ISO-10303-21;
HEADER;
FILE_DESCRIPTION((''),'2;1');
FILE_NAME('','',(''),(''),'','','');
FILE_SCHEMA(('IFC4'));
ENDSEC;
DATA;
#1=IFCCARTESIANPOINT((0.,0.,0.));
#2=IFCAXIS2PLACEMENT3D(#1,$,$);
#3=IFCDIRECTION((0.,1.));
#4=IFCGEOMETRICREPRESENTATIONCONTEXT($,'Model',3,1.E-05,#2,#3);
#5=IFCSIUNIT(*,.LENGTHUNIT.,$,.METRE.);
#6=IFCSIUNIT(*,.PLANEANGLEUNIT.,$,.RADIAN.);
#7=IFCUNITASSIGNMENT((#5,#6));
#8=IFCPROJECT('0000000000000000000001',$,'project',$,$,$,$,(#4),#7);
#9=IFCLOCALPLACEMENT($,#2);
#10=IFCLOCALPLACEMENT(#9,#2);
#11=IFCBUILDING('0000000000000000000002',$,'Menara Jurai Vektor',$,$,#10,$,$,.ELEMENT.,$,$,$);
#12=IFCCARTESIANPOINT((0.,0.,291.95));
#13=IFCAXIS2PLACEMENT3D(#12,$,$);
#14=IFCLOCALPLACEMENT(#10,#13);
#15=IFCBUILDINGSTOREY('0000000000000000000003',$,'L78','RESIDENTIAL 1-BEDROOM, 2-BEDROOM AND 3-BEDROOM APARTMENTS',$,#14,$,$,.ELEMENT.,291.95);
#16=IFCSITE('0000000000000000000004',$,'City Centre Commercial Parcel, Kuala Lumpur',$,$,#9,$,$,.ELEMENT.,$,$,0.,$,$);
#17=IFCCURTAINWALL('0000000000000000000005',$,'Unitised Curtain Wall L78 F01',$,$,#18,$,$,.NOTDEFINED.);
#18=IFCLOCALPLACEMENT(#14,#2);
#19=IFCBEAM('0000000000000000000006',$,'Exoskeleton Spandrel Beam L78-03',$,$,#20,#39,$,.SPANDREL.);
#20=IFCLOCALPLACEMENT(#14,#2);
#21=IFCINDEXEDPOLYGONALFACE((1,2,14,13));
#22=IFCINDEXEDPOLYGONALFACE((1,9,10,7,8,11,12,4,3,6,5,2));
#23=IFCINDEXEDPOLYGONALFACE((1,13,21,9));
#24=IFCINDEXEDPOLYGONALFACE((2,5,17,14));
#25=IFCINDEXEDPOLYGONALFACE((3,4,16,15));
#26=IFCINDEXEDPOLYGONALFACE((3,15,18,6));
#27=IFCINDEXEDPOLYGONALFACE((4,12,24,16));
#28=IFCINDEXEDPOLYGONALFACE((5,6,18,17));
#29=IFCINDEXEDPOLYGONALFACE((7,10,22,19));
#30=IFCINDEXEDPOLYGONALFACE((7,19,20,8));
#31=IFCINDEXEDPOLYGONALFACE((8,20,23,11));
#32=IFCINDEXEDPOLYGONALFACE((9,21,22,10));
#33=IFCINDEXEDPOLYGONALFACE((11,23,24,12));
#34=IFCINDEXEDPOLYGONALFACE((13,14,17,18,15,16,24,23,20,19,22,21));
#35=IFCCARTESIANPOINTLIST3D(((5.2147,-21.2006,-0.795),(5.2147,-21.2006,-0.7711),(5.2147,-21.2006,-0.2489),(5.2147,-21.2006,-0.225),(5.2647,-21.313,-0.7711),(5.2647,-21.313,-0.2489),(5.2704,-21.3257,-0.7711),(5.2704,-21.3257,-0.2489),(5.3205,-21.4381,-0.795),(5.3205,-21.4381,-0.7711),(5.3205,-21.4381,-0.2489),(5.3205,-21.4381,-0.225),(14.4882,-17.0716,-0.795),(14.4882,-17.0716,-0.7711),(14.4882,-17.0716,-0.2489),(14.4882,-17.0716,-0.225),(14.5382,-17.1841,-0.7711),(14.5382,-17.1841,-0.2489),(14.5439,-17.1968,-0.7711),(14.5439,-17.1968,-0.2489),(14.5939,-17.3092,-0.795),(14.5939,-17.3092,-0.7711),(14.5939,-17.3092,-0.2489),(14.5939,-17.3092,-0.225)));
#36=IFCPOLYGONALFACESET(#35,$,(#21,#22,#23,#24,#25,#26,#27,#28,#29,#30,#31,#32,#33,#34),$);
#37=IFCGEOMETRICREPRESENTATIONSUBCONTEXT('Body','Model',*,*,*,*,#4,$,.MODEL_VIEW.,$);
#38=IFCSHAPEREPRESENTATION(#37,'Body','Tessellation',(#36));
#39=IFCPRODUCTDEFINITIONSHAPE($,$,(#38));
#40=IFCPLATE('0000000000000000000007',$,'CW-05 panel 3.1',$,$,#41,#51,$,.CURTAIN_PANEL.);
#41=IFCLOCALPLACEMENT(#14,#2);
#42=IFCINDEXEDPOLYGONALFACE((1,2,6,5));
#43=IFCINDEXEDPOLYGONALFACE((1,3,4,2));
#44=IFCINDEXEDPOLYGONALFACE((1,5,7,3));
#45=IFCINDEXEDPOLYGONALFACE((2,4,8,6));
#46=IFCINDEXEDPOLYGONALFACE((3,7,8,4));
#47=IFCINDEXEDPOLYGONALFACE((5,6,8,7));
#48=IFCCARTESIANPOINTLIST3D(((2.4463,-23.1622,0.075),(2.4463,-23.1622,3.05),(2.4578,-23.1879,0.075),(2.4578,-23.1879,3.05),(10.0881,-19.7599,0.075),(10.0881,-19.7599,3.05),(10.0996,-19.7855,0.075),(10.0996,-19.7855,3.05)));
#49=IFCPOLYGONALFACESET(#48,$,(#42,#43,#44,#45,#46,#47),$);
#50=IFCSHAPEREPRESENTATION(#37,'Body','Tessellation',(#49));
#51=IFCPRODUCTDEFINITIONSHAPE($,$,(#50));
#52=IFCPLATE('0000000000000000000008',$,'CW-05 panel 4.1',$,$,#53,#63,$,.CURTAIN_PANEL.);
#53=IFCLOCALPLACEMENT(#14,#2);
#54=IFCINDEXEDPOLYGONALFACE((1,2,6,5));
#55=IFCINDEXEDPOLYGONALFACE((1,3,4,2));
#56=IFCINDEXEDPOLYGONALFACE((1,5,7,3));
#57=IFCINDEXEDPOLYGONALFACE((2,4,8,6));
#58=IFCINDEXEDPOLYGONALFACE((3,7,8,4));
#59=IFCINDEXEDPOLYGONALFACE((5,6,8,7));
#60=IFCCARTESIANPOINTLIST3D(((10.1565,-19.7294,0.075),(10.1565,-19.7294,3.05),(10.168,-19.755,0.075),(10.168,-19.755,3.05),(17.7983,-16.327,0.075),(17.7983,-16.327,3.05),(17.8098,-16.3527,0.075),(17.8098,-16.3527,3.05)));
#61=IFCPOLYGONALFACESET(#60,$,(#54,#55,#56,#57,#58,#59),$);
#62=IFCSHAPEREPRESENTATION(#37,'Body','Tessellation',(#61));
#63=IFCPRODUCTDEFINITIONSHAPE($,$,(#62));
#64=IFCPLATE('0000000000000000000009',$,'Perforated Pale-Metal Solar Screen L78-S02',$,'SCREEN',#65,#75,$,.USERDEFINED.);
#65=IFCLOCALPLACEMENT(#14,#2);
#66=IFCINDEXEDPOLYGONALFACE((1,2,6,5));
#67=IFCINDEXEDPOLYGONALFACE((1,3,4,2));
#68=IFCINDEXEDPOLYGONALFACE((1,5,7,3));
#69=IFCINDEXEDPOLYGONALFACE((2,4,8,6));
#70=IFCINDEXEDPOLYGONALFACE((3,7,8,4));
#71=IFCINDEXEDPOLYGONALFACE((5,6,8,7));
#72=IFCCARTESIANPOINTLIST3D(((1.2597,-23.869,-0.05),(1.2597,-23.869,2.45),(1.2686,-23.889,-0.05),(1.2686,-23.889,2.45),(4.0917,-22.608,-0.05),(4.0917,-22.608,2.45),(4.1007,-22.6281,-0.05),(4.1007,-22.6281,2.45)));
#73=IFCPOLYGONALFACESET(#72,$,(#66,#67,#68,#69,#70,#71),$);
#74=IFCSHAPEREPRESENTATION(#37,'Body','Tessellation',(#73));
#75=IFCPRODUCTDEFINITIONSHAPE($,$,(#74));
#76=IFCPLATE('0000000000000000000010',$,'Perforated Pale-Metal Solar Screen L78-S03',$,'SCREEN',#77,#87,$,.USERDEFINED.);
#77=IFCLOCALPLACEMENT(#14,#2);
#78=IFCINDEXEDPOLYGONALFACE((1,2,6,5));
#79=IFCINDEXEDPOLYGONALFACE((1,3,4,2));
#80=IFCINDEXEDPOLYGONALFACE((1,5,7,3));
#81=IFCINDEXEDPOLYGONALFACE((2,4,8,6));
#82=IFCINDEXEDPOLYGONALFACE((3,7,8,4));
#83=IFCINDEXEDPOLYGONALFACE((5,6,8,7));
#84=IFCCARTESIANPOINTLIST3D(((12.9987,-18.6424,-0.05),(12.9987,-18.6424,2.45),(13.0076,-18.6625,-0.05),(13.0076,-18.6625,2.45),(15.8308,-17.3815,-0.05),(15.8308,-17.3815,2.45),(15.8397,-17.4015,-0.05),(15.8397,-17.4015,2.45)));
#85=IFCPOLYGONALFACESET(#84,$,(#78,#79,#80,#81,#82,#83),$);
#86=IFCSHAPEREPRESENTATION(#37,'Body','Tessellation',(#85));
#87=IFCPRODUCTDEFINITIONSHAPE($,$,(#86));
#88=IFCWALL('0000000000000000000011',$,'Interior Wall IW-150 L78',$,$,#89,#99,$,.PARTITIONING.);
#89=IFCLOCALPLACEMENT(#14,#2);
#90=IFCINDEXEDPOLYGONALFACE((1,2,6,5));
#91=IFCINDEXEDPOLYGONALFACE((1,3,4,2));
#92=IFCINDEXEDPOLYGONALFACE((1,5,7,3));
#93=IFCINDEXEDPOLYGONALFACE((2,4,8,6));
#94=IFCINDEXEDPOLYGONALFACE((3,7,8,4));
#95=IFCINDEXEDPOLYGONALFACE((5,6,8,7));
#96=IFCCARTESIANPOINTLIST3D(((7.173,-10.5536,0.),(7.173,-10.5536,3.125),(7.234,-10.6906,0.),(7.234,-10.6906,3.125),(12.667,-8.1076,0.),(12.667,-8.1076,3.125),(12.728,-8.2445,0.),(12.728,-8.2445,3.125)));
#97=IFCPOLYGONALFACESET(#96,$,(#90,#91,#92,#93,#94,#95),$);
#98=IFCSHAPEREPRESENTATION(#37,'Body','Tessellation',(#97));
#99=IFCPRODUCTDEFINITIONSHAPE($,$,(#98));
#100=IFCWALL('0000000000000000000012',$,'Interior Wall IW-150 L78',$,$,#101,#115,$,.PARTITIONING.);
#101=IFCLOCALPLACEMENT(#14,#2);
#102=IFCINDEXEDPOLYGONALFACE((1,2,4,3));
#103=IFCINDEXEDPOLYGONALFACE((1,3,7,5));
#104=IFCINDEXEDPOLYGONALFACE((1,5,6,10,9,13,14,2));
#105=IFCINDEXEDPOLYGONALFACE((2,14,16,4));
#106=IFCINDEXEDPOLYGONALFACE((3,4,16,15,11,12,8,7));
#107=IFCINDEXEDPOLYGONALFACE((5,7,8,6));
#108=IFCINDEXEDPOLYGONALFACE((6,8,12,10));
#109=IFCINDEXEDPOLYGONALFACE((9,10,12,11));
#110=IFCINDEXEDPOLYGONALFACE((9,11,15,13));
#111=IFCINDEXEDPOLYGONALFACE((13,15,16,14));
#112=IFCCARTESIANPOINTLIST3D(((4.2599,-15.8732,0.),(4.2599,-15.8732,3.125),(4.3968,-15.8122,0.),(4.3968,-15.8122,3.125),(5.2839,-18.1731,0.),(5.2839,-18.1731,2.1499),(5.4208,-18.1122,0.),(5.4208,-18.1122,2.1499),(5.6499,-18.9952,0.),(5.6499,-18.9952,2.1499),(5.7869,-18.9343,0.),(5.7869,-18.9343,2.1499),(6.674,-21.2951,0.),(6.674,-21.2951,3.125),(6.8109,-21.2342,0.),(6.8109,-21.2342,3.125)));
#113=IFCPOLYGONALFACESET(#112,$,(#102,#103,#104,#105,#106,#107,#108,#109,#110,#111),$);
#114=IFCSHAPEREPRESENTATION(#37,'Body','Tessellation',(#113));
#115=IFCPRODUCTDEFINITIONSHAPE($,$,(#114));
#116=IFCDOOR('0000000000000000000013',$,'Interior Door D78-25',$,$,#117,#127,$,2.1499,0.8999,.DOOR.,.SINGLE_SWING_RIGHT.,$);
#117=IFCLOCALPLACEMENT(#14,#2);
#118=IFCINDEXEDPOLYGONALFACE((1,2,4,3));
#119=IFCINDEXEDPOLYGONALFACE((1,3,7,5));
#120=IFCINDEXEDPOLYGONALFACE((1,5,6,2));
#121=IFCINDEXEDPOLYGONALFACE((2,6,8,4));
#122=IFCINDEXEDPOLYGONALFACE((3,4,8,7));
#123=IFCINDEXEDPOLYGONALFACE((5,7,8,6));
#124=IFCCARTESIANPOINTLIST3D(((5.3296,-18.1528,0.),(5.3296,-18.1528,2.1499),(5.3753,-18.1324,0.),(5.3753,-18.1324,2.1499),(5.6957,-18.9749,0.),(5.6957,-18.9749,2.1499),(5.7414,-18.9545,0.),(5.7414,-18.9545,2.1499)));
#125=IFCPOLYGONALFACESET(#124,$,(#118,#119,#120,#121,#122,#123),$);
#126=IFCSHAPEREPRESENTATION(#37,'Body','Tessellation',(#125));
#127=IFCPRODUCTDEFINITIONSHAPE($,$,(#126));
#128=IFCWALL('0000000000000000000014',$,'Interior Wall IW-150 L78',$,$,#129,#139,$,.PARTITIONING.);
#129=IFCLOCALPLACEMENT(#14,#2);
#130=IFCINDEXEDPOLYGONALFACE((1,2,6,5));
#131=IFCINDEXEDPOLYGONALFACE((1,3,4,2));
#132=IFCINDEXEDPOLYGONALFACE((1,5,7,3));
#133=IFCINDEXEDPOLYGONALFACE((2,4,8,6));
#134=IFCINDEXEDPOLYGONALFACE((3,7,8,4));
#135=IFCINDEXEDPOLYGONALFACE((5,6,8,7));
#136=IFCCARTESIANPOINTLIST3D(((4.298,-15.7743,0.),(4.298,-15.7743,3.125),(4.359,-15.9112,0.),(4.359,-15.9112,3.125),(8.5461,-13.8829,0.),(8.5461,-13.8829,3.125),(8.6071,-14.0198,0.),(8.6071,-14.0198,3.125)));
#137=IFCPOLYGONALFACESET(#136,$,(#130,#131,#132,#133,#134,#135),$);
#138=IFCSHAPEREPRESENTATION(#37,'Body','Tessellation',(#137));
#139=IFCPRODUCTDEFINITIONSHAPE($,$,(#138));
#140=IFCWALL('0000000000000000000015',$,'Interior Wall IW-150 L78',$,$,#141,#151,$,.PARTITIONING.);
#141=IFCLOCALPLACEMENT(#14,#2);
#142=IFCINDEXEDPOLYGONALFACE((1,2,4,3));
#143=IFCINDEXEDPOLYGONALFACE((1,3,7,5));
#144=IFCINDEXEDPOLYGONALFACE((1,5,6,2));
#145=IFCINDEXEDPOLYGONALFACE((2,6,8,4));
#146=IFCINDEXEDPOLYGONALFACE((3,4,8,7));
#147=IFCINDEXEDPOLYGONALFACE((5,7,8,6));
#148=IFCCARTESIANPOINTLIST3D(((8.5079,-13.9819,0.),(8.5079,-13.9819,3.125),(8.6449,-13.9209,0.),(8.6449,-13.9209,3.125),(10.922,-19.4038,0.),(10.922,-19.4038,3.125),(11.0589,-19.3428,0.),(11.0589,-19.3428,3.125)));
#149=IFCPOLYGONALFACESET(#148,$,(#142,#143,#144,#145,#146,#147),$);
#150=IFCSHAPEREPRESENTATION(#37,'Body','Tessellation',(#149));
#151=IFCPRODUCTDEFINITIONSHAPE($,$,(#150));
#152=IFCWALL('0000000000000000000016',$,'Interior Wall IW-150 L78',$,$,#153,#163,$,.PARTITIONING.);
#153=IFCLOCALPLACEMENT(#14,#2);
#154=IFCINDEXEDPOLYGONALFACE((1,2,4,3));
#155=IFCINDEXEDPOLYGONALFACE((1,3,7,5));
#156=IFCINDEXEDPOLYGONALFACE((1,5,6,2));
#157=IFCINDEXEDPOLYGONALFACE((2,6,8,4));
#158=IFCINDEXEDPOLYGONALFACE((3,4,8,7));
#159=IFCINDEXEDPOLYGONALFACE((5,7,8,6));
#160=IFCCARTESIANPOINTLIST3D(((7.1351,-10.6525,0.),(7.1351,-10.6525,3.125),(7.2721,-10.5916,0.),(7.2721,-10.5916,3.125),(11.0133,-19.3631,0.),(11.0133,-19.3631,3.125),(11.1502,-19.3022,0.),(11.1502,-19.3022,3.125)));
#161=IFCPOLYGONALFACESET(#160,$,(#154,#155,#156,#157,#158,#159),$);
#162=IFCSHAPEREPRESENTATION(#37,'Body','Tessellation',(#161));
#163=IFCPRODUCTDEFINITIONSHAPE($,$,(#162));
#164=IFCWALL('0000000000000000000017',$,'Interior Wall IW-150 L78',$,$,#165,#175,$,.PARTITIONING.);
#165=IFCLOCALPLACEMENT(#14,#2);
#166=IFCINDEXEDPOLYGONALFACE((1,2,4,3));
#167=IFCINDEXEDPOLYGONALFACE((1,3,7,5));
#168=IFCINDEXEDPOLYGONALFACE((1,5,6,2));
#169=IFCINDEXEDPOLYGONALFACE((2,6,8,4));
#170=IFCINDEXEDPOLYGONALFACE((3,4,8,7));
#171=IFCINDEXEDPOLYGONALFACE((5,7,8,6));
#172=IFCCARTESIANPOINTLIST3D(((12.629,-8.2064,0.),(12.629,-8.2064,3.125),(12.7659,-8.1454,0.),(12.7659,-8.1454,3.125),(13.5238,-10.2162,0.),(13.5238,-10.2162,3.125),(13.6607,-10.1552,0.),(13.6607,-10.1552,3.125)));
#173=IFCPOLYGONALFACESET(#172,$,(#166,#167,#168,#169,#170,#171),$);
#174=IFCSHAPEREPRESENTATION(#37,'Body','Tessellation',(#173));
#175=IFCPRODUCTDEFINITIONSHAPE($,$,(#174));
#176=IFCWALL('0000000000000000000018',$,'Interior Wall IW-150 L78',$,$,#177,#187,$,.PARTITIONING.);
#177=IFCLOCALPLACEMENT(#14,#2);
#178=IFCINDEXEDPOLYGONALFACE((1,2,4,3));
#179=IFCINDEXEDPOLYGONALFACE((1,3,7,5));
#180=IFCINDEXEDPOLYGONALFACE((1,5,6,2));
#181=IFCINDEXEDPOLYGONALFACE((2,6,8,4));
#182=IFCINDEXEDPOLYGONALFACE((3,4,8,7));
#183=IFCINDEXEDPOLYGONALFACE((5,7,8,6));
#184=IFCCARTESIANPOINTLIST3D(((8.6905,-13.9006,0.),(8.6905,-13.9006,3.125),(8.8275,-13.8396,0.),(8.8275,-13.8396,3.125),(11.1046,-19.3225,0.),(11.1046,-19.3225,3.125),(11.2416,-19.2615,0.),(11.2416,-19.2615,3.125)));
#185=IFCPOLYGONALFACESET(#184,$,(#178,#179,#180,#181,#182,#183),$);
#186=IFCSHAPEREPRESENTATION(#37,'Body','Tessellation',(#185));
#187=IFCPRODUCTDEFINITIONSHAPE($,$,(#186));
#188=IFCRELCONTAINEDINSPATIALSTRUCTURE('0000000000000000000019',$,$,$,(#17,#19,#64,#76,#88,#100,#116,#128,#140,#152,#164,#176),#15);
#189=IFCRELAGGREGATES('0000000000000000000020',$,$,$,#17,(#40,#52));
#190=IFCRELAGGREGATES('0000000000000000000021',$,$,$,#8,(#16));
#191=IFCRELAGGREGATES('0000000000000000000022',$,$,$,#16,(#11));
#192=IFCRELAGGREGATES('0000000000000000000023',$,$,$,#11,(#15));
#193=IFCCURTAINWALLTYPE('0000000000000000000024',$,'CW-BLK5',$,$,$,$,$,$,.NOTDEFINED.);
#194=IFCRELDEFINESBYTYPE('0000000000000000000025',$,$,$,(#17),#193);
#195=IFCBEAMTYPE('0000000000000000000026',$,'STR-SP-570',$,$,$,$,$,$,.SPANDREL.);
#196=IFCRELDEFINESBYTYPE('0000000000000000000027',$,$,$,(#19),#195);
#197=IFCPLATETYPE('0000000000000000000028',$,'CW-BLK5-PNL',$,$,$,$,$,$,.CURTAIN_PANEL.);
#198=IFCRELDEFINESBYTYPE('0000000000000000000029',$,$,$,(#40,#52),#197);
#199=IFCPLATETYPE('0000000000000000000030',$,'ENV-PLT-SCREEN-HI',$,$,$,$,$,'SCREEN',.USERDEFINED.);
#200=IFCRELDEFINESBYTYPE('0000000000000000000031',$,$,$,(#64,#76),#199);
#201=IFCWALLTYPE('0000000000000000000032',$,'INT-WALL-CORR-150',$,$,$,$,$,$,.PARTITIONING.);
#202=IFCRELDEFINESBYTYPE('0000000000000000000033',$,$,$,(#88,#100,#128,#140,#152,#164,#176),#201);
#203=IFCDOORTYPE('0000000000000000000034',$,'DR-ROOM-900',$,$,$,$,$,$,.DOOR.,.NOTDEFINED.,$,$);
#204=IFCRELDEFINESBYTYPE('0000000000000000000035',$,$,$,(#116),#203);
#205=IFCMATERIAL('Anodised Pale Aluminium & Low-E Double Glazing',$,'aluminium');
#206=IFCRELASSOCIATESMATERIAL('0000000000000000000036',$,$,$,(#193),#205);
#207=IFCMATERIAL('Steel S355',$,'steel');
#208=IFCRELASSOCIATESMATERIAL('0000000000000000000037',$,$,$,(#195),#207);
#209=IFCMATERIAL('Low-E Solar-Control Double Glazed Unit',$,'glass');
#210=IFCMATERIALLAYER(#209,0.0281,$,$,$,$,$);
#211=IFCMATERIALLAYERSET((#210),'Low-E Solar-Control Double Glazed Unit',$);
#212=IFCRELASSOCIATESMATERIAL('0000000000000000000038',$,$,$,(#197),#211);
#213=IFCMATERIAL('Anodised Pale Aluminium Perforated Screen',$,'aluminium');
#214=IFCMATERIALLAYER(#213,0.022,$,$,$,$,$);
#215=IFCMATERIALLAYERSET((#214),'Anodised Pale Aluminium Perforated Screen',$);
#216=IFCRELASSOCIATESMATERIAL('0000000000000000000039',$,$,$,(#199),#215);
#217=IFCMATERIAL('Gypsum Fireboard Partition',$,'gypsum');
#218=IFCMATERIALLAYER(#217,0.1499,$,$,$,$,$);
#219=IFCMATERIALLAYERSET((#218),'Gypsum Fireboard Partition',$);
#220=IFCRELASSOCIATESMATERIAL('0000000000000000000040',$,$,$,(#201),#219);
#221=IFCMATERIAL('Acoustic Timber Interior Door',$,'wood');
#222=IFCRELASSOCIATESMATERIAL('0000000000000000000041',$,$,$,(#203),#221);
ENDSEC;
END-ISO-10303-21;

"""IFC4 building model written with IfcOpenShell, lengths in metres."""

from ifc_helpers import new_model, si_unit, direction, frame, frame_2d, origin, origin_2d, place, context, subcontext, project, spatial, rectangle, i_section, extrude, material, layer, layer_set, material_profile, profile_set, type_object, element, fill, aggregate, save


model = new_model("IFC4")

# Units and contexts
model_context = context("Model", 3, precision=1e-05, world=origin(), true_north=direction((0.0, 1.0)))
body_context = subcontext(model_context, "Body", "Model", "MODEL_VIEW")
ifc_project = project(units=[si_unit("LENGTHUNIT", "METRE"), si_unit("PLANEANGLEUNIT", "RADIAN")], contexts=[model_context])

# Site, building, storey
site_placement = place(None, origin())
site = spatial("IfcSite", under=ifc_project, at=site_placement, Name="City Centre Commercial Parcel, Kuala Lumpur", CompositionType="ELEMENT", RefElevation=0.0)
building_placement = place(site_placement, origin())
building = spatial("IfcBuilding", under=site, at=building_placement, Name="Menara Jurai Vektor", CompositionType="ELEMENT")
storey_placement = place(building_placement, frame((0.0, 0.0, 291.95)))
storey = spatial("IfcBuildingStorey", under=building, at=storey_placement, Name="L78", Description="RESIDENTIAL 1-BEDROOM, 2-BEDROOM AND 3-BEDROOM APARTMENTS", CompositionType="ELEMENT", Elevation=291.95)

# Curtain wall
ifc_material_1 = material(Name="Anodised Pale Aluminium & Low-E Double Glazing", Category="aluminium")
curtain_wall_type = type_object("IfcCurtainWallType", Name="CW-BLK5", PredefinedType="NOTDEFINED", material=ifc_material_1)
curtain_wall_placement = place(storey_placement, origin())
curtain_wall = element("IfcCurtainWall", 1, at=curtain_wall_placement, inside=storey, type_object=curtain_wall_type, Name="Unitised Curtain Wall L78 F01", PredefinedType="NOTDEFINED")

# Beam
ifc_material_2 = material(Name="Steel S355", Category="steel")
ifc_material_profile_1 = material_profile(ifc_material_2, i_section(OverallWidth=0.26, OverallDepth=0.5701, WebThickness=0.0139, FlangeThickness=0.0239, at=origin_2d()), Name="PG 570x260x145")
ifc_profile_set_1 = profile_set([ifc_material_profile_1], Name="Steel S355")
beam_type_1 = type_object("IfcBeamType", Name="STR-SP-570", PredefinedType="SPANDREL", material=ifc_profile_set_1)
beam_1_placement = place(storey_placement, frame((5.2676, -21.3193, -0.51), z_axis=(0.913542, 0.406745, 0.0), x_axis=(-0.406745, 0.913542, 0.0)))
element("IfcBeam", 2, at=beam_1_placement, inside=storey, type_object=beam_type_1, Name="Exoskeleton Spandrel Beam L78-03", PredefinedType="SPANDREL", context=body_context, shape_type="SweptSolid", body=[
    extrude(i_section(OverallWidth=0.26, OverallDepth=0.5701, WebThickness=0.0139, FlangeThickness=0.0239, at=origin_2d()), origin(), (0.0, 0.0, 1.0), 10.1511),
])

# Plates
ifc_material_3 = material(Name="Low-E Solar-Control Double Glazed Unit", Category="glass")
ifc_layer_1 = layer(ifc_material_3, 0.0281)
ifc_layer_set_1 = layer_set([ifc_layer_1], Name="Low-E Solar-Control Double Glazed Unit")
plate_type_1 = type_object("IfcPlateType", Name="CW-BLK5-PNL", PredefinedType="CURTAIN_PANEL", material=ifc_layer_set_1)
plate_1_placement = place(storey_placement, frame((6.2729, -21.4739, 0.075), z_axis=(0.0, 0.0, 1.0), x_axis=(0.913546, 0.406735, 0.0)))
plate_1 = element("IfcPlate", 3, at=plate_1_placement, type_object=plate_type_1, Name="CW-05 panel 3.1", PredefinedType="CURTAIN_PANEL", context=body_context, shape_type="SweptSolid", body=[
    extrude(rectangle(XDim=8.365, YDim=0.0281, at=origin_2d()), origin(), (0.0, 0.0, 1.0), 2.9751),
])
plate_2_placement = place(storey_placement, frame((13.9832, -18.041, 0.075), z_axis=(0.0, 0.0, 1.0), x_axis=(0.913546, 0.406735, 0.0)))
plate_2 = element("IfcPlate", 4, at=plate_2_placement, type_object=plate_type_1, Name="CW-05 panel 4.1", PredefinedType="CURTAIN_PANEL", context=body_context, shape_type="SweptSolid", body=[
    extrude(rectangle(XDim=8.365, YDim=0.0281, at=origin_2d()), origin(), (0.0, 0.0, 1.0), 2.9751),
])
aggregate(curtain_wall, [plate_1, plate_2])

# Plates
ifc_material_4 = material(Name="Anodised Pale Aluminium Perforated Screen", Category="aluminium")
ifc_layer_2 = layer(ifc_material_4, 0.022)
ifc_layer_set_2 = layer_set([ifc_layer_2], Name="Anodised Pale Aluminium Perforated Screen")
plate_type_2 = type_object("IfcPlateType", Name="ENV-PLT-SCREEN-HI", ElementType="SCREEN", PredefinedType="USERDEFINED", material=ifc_layer_set_2)
for number, where, z_axis, x_axis, name in (
    (5, (2.6802, -23.2485, -0.05), (0.0, 0.0, 1.0), (0.913545, 0.406737, 0.0), "Perforated Pale-Metal Solar Screen L78-S02"),
    (6, (14.4192, -18.022, -0.05), (0.0, 0.0, 1.0), (0.913545, 0.406737, 0.0), "Perforated Pale-Metal Solar Screen L78-S03"),
):
    element("IfcPlate", number, at=place(storey_placement, frame(where, z_axis=z_axis, x_axis=x_axis)), inside=storey, type_object=plate_type_2, Name=name, ObjectType="SCREEN", PredefinedType="USERDEFINED", context=body_context, shape_type="SweptSolid", body=[
        extrude(rectangle(XDim=3.1001, YDim=0.022, at=origin_2d()), origin(), (0.0, 0.0, 1.0), 2.5),
    ])

# Wall
ifc_material_5 = material(Name="Gypsum Fireboard Partition", Category="gypsum")
ifc_layer_3 = layer(ifc_material_5, 0.1499)
ifc_layer_set_3 = layer_set([ifc_layer_3], Name="Gypsum Fireboard Partition")
wall_type = type_object("IfcWallType", Name="INT-WALL-CORR-150", PredefinedType="PARTITIONING", material=ifc_layer_set_3)
wall_1_placement = place(storey_placement, frame((7.2036, -10.6221, 0.0), z_axis=(0.0, 0.0, 1.0), x_axis=(0.913545, 0.406737, 0.0)))
element("IfcWall", 7, at=wall_1_placement, inside=storey, type_object=wall_type, Name="Interior Wall IW-150 L78", PredefinedType="PARTITIONING", context=body_context, shape_type="SweptSolid", body=[
    extrude(rectangle(XDim=6.0139, YDim=0.1499, at=frame_2d((3.0068, 0.0))), origin(), (0.0, 0.0, 1.0), 3.125),
])

# Wall, opening, door
wall_2_placement = place(storey_placement, frame((6.7424, -21.2646, 0.0), z_axis=(0.0, 0.0, 1.0), x_axis=(-0.406749, 0.91354, 0.0)))
wall_2 = element("IfcWall", 8, at=wall_2_placement, inside=storey, type_object=wall_type, Name="Interior Wall IW-150 L78", PredefinedType="PARTITIONING", context=body_context, shape_type="SweptSolid", body=[
    extrude(rectangle(XDim=5.9351, YDim=0.1499, at=frame_2d((2.9675, 0.0))), origin(), (0.0, 0.0, 1.0), 3.125),
])
opening_1_placement = place(wall_2_placement, frame((2.5176, 0.0, 0.0)))
opening_1 = element("IfcOpeningElement", 9, at=opening_1_placement, cuts=wall_2, PredefinedType="OPENING", context=body_context, shape_type="SweptSolid", body=[
    extrude(rectangle(XDim=0.8999, YDim=2.1499, at=frame_2d((0.45, 1.075))), frame((0.0, 0.085, 0.0), z_axis=(0.0, -1.0, 0.0), x_axis=(1.0, 0.0, 0.0)), (0.0, 0.0, 1.0), 0.1699),
])
ifc_material_6 = material(Name="Acoustic Timber Interior Door", Category="wood")
door_type_1 = type_object("IfcDoorType", Name="DR-ROOM-900", OperationType="NOTDEFINED", PredefinedType="DOOR", material=ifc_material_6)
door_1_placement = place(opening_1_placement, origin())
door_1 = element("IfcDoor", 10, at=door_1_placement, inside=storey, type_object=door_type_1, Name="Interior Door D78-25", OperationType="SINGLE_SWING_RIGHT", OverallHeight=2.1499, OverallWidth=0.8999, PredefinedType="DOOR", context=body_context, shape_type="SweptSolid", body=[
    extrude(rectangle(XDim=0.8999, YDim=2.1499, at=frame_2d((0.45, 1.075))), frame((0.0, 0.0249, 0.0), z_axis=(0.0, -1.0, 0.0), x_axis=(1.0, 0.0, 0.0)), (0.0, 0.0, 1.0), 0.05),
])
fill(opening_1, door_1)

# Walls
wall_3_placement = place(storey_placement, frame((4.3284, -15.8428, 0.0), z_axis=(0.0, 0.0, 1.0), x_axis=(0.913545, 0.406738, 0.0)))
element("IfcWall", 11, at=wall_3_placement, inside=storey, type_object=wall_type, Name="Interior Wall IW-150 L78", PredefinedType="PARTITIONING", context=body_context, shape_type="SweptSolid", body=[
    extrude(rectangle(XDim=4.6501, YDim=0.1499, at=frame_2d((2.3252, 0.0))), origin(), (0.0, 0.0, 1.0), 3.125),
])
wall_4_placement = place(storey_placement, frame((10.9905, -19.3733, 0.0), z_axis=(0.0, 0.0, 1.0), x_axis=(-0.406749, 0.91354, 0.0)))
element("IfcWall", 12, at=wall_4_placement, inside=storey, type_object=wall_type, Name="Interior Wall IW-150 L78", PredefinedType="PARTITIONING", context=body_context, shape_type="SweptSolid", body=[
    extrude(rectangle(XDim=5.9351, YDim=0.1499, at=frame_2d((2.9675, 0.0))), origin(), (0.0, 0.0, 1.0), 3.125),
])
wall_5_placement = place(storey_placement, frame((11.0818, -19.3328, 0.0), z_axis=(0.0, 0.0, 1.0), x_axis=(-0.40673, 0.913548, 0.0)))
element("IfcWall", 13, at=wall_5_placement, inside=storey, type_object=wall_type, Name="Interior Wall IW-150 L78", PredefinedType="PARTITIONING", context=body_context, shape_type="SweptSolid", body=[
    extrude(rectangle(XDim=9.5349, YDim=0.1499, at=frame_2d((4.7676, 0.0))), origin(), (0.0, 0.0, 1.0), 3.125),
])
wall_6_placement = place(storey_placement, frame((13.5923, -10.1858, 0.0), z_axis=(0.0, 0.0, 1.0), x_axis=(-0.406725, 0.913551, 0.0)))
element("IfcWall", 14, at=wall_6_placement, inside=storey, type_object=wall_type, Name="Interior Wall IW-150 L78", PredefinedType="PARTITIONING", context=body_context, shape_type="SweptSolid", body=[
    extrude(rectangle(XDim=2.2, YDim=0.1499, at=frame_2d((1.1001, 0.0))), origin(), (0.0, 0.0, 1.0), 3.125),
])

# Wall
wall_7_placement = place(storey_placement, frame((11.1731, -19.292, 0.0), z_axis=(0.0, 0.0, 1.0), x_axis=(-0.406749, 0.91354, 0.0)))
element("IfcWall", 15, at=wall_7_placement, inside=storey, type_object=wall_type, Name="Interior Wall IW-150 L78", PredefinedType="PARTITIONING", context=body_context, shape_type="SweptSolid", body=[
    extrude(rectangle(XDim=5.9351, YDim=0.1499, at=frame_2d((2.9675, 0.0))), origin(), (0.0, 0.0, 1.0), 3.125),
])

save(model, "model.ifc")
